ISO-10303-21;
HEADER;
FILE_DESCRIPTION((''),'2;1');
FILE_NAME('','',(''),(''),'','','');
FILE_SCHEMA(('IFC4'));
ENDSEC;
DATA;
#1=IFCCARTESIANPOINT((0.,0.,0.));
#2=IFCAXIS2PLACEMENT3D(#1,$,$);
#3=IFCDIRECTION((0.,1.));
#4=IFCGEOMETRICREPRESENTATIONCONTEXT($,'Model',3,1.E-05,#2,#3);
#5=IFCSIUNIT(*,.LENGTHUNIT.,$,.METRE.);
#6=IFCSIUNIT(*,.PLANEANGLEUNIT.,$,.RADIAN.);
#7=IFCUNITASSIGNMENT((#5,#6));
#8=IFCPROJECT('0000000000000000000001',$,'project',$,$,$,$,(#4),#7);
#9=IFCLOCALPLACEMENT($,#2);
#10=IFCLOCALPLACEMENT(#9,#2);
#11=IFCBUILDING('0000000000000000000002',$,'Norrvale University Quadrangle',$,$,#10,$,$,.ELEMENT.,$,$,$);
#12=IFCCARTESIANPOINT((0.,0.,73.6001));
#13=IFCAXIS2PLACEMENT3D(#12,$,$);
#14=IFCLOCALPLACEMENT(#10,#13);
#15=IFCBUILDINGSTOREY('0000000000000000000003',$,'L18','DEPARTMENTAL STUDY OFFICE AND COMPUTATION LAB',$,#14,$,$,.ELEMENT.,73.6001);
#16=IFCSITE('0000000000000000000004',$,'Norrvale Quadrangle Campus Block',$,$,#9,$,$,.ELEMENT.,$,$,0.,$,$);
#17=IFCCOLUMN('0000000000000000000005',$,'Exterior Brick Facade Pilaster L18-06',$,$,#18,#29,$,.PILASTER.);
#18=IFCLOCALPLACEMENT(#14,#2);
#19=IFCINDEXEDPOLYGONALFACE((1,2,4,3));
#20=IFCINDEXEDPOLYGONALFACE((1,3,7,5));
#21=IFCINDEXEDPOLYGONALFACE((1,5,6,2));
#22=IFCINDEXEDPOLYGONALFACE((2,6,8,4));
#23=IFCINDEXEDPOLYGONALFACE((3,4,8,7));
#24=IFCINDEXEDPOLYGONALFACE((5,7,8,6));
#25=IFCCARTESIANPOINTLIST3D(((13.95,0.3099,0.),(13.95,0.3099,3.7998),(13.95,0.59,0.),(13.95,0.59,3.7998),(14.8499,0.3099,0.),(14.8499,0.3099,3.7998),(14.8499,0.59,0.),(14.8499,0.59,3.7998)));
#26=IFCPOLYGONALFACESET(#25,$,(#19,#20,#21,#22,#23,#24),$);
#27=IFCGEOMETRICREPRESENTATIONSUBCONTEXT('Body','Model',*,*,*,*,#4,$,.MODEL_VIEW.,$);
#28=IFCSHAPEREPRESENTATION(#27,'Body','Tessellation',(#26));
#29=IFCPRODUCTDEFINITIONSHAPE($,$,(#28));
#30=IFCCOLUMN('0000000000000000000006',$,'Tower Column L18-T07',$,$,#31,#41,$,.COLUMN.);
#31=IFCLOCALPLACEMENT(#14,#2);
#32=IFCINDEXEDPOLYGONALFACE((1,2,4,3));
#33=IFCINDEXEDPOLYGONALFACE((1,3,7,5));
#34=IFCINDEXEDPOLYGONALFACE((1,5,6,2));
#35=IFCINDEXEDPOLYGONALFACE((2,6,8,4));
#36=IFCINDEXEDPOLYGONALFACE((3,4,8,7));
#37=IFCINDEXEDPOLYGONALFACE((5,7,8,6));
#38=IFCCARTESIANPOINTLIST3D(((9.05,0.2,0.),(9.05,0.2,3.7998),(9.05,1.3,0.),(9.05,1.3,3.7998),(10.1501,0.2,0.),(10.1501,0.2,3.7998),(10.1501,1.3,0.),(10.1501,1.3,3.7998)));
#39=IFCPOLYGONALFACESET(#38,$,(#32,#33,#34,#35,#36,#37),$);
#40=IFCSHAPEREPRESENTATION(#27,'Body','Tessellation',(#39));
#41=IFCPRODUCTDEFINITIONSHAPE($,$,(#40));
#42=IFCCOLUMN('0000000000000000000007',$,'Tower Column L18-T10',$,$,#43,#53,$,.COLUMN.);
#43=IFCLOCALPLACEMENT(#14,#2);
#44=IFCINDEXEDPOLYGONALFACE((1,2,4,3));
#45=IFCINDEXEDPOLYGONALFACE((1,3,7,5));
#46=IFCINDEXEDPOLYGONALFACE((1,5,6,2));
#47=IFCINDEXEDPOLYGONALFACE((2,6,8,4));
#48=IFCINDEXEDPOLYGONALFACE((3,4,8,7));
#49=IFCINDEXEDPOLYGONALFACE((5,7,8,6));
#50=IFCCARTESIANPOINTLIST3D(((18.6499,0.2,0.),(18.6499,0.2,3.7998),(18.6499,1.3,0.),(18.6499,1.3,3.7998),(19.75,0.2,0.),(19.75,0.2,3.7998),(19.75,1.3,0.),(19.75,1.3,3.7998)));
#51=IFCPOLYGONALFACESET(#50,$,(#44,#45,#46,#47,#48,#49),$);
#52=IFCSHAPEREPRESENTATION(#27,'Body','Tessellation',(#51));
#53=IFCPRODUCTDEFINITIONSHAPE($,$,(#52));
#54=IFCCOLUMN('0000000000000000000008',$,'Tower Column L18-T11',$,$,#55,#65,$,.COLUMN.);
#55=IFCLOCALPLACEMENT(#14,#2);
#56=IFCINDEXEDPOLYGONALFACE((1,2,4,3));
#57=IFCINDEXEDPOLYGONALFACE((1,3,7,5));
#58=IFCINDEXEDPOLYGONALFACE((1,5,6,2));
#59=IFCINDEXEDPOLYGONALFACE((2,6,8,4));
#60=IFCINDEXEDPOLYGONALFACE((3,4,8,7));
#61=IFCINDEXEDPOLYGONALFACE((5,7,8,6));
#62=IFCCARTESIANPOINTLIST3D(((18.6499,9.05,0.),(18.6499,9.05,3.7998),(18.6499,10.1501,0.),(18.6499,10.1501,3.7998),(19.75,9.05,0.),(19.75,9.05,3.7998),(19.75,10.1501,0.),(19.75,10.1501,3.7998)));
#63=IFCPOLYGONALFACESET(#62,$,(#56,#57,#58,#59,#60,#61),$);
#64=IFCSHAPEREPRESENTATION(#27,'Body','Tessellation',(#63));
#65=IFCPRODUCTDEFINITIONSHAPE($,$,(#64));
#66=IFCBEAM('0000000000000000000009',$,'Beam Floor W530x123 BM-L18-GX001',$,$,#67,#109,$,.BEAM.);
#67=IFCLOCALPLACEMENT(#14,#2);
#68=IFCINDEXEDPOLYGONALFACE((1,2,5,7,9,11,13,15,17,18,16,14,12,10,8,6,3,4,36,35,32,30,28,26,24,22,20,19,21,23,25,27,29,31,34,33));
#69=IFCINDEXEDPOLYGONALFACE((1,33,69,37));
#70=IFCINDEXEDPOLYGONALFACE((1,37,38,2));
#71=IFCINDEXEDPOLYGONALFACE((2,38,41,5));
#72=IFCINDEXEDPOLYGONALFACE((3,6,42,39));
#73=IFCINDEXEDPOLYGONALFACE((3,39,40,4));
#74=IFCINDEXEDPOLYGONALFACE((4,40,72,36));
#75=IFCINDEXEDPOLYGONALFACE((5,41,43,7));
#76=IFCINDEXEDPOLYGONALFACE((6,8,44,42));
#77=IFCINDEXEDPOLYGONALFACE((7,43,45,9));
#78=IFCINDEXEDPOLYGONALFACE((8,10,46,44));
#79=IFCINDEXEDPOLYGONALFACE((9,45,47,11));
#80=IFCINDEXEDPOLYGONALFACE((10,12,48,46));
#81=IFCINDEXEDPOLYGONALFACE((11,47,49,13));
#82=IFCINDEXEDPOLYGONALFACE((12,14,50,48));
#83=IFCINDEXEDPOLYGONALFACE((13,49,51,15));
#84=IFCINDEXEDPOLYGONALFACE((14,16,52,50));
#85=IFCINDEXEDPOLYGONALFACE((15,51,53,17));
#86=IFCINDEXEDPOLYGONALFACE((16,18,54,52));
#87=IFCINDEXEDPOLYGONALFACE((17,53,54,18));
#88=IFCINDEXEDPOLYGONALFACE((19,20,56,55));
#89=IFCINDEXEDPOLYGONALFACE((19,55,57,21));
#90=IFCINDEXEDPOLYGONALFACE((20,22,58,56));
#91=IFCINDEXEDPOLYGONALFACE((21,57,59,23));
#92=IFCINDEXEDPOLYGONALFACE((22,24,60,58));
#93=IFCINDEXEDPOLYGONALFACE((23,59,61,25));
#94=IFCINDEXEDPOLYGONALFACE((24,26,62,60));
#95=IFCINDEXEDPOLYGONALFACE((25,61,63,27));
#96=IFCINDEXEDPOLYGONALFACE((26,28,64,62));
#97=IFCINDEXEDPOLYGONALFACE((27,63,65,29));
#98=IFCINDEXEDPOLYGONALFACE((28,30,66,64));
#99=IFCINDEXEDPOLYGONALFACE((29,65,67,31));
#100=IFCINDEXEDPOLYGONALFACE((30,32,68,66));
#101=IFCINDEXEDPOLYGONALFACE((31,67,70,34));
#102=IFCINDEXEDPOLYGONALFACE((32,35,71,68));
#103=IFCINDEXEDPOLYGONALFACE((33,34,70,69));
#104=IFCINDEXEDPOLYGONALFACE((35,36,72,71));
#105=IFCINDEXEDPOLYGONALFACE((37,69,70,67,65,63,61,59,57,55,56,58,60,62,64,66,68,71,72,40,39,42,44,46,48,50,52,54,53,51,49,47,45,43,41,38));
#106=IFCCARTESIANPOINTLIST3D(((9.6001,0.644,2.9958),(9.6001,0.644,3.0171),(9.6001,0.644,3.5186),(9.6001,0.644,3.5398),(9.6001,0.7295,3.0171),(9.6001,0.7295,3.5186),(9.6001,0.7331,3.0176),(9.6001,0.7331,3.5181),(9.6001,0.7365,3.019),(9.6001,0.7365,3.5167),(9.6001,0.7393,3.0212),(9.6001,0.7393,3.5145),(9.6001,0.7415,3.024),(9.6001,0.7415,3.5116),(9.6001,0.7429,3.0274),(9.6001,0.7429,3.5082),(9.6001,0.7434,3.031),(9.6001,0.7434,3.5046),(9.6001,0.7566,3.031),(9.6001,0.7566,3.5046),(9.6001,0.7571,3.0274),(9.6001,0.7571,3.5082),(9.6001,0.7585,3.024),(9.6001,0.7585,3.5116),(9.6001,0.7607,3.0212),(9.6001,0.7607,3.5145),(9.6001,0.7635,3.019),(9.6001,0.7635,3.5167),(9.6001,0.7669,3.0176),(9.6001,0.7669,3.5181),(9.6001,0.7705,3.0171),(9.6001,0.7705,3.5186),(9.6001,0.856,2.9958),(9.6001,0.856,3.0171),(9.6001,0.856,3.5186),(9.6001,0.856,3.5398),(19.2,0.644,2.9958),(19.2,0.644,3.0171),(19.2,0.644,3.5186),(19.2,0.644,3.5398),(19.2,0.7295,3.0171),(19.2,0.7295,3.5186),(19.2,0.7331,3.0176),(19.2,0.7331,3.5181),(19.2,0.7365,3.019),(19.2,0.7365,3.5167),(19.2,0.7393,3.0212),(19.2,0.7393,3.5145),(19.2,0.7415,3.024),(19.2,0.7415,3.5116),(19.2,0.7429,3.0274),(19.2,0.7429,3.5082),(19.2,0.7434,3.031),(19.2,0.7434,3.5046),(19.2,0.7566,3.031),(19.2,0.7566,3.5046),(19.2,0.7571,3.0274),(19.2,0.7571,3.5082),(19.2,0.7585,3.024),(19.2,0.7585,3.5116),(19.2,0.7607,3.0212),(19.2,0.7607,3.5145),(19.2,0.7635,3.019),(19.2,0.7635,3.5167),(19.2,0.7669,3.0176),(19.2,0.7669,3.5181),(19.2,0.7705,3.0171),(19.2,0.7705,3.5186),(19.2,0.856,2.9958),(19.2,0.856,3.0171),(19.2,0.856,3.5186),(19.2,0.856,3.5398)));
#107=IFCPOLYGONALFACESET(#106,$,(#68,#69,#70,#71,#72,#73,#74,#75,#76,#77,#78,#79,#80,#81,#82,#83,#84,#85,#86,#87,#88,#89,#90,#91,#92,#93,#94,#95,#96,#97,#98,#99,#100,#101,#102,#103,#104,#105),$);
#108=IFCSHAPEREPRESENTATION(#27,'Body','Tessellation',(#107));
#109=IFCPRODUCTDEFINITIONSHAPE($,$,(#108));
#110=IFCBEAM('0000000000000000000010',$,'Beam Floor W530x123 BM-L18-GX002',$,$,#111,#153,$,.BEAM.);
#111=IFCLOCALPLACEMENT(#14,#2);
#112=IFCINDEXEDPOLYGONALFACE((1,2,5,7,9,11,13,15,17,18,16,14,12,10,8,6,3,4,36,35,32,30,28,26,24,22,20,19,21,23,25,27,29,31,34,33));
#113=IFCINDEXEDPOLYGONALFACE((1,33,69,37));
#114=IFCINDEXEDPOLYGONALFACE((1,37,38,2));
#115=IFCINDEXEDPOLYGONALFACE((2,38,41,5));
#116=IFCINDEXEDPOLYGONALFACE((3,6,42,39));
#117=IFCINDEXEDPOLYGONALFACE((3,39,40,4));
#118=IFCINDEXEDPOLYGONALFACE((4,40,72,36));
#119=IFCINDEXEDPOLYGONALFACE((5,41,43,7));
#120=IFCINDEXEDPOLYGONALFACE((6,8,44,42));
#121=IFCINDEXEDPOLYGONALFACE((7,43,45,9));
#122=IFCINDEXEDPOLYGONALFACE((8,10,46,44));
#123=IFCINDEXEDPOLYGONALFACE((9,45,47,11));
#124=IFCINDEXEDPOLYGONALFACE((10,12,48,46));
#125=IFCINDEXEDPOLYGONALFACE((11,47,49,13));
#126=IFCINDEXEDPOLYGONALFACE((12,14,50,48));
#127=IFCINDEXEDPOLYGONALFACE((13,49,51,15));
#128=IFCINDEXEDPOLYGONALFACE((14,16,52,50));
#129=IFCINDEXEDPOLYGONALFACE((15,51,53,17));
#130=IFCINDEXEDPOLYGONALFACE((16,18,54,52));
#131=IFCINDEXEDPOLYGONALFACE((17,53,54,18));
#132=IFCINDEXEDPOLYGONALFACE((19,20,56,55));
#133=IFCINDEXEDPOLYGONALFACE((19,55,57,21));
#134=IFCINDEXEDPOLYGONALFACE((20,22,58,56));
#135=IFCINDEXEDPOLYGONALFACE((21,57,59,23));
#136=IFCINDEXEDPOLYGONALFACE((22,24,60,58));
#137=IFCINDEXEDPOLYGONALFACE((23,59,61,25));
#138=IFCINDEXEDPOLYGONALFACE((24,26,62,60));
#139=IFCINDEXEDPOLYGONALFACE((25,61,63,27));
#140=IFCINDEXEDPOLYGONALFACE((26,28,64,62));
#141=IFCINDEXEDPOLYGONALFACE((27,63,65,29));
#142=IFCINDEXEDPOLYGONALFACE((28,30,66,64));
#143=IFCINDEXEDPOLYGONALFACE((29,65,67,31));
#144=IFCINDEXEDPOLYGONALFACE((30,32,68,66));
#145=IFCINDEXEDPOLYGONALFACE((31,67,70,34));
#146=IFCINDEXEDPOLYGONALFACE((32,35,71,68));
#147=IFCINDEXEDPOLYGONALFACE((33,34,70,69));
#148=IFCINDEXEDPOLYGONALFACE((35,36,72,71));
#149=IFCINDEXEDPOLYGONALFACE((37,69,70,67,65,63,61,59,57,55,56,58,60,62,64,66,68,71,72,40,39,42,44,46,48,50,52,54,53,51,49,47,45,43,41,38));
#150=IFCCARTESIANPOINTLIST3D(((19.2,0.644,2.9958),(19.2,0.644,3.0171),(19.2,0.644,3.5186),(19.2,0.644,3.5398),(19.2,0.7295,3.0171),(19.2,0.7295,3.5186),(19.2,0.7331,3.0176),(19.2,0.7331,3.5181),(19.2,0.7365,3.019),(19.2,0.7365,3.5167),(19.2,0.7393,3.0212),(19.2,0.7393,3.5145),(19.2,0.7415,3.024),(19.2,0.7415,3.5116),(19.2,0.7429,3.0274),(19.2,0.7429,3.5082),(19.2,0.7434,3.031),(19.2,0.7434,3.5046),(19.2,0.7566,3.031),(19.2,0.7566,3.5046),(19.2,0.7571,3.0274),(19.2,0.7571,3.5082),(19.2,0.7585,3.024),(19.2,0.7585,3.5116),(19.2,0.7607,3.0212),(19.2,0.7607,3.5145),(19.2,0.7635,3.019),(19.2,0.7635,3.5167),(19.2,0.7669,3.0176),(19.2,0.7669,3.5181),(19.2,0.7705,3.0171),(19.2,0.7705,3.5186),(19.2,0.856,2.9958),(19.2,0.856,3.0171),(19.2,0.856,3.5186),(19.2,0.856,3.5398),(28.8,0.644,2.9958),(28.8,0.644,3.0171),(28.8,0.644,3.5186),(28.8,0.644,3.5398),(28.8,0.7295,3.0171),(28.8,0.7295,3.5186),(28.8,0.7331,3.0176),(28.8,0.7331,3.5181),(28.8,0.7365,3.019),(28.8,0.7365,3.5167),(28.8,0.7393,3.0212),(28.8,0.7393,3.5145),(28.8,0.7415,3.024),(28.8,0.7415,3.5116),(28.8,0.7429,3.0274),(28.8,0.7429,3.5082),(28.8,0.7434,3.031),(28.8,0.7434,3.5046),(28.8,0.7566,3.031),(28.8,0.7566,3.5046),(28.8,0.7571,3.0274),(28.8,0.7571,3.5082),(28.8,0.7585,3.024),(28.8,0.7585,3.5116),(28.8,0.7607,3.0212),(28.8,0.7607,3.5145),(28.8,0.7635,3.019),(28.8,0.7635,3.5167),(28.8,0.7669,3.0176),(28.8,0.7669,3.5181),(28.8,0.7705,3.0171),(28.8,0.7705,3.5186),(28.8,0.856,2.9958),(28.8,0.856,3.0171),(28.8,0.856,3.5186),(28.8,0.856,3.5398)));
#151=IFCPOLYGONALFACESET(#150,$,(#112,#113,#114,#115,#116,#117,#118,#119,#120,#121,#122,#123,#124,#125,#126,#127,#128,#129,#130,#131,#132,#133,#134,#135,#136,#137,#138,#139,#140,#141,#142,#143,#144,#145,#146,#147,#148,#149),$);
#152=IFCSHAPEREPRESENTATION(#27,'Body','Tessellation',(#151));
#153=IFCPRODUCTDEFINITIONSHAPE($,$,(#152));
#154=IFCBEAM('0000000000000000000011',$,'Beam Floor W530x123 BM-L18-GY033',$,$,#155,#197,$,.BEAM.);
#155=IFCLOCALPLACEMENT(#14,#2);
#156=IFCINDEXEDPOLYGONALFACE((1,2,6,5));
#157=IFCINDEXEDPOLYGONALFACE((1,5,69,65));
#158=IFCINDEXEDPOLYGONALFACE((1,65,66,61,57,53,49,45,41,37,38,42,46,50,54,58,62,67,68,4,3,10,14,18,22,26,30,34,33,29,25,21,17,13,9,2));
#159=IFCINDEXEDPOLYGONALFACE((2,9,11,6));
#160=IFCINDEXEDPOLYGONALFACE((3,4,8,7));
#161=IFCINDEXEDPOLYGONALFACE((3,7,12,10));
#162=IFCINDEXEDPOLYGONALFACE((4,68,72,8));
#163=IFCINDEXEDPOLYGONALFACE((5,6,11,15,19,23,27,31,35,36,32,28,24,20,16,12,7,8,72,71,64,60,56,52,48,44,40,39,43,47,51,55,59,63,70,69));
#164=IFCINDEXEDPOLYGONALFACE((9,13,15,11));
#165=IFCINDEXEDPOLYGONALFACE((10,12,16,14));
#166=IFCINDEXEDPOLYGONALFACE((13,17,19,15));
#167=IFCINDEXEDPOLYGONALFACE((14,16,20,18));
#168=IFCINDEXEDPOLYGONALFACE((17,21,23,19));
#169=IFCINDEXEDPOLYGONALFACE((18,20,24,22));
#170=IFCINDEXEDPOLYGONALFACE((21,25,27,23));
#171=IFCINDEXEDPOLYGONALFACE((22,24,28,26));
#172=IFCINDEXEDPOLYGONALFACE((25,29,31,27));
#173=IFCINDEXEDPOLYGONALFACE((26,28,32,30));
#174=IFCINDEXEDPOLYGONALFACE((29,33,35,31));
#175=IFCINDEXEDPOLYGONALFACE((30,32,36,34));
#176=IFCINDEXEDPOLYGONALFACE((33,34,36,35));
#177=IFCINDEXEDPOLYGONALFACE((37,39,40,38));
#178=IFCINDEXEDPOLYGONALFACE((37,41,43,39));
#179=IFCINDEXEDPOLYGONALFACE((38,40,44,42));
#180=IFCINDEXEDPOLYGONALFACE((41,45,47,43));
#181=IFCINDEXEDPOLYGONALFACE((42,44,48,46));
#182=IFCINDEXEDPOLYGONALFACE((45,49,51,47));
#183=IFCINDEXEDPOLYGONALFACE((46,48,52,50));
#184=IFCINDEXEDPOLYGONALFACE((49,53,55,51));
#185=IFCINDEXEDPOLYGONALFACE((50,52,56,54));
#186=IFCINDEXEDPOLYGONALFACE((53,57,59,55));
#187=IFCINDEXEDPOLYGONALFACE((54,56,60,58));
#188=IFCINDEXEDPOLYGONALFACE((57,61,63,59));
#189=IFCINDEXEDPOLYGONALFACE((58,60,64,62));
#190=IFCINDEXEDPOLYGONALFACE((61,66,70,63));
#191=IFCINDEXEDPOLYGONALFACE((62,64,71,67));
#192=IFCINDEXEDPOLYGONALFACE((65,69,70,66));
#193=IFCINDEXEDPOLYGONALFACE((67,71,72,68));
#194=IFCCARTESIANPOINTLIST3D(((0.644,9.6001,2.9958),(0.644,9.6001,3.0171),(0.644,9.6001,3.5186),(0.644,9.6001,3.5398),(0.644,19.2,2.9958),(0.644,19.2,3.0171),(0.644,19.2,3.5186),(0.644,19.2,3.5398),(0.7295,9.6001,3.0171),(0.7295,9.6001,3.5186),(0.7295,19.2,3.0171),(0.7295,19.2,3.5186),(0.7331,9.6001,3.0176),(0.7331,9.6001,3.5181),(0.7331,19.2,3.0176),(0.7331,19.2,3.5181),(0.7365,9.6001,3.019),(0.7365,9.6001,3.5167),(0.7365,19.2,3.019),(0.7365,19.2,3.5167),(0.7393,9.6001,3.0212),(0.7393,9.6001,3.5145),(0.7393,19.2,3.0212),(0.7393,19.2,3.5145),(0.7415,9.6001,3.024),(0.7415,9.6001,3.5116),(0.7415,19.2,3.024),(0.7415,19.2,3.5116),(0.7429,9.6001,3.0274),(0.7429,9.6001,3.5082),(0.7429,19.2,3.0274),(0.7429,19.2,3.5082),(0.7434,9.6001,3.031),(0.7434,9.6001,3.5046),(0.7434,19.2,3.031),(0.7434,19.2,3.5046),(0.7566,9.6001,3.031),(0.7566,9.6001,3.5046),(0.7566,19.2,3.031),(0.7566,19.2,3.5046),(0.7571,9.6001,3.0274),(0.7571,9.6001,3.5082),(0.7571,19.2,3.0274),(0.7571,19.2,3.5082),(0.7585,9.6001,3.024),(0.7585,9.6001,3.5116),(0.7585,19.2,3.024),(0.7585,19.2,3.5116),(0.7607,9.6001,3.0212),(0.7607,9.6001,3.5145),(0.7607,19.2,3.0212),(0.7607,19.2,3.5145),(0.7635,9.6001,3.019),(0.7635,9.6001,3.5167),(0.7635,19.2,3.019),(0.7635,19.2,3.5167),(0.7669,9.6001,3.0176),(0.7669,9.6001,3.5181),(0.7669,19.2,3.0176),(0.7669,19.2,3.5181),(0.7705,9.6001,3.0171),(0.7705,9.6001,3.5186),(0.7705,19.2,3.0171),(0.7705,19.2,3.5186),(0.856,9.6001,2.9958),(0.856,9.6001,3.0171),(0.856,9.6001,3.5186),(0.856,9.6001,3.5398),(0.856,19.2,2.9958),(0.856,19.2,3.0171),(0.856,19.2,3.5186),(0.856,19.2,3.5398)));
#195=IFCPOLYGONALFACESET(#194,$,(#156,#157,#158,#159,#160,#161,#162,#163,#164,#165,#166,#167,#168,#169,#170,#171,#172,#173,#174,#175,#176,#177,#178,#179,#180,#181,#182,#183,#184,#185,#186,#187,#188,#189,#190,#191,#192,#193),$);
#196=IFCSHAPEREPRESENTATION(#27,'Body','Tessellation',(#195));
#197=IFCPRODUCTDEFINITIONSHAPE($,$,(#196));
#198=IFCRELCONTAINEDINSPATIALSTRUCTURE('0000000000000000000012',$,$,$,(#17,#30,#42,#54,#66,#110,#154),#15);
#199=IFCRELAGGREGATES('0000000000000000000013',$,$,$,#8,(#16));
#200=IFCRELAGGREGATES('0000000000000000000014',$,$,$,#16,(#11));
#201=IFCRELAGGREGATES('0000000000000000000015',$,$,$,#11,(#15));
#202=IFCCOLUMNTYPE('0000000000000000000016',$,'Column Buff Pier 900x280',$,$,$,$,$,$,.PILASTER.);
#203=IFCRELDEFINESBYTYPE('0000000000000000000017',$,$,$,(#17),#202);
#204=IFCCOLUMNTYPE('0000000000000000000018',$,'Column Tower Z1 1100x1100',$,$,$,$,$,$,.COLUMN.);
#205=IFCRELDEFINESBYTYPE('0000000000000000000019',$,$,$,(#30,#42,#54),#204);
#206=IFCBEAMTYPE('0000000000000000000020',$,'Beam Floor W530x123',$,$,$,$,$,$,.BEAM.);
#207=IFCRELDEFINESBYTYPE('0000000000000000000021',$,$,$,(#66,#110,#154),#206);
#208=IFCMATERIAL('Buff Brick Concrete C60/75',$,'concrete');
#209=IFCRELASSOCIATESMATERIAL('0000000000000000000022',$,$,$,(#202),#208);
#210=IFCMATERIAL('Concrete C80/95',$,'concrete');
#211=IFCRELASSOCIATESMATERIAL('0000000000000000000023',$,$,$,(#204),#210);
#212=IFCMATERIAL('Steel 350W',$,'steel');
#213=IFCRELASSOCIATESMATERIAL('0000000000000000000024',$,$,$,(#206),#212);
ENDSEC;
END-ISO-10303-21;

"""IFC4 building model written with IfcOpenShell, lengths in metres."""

from ifc_helpers import new_model, si_unit, direction, frame, origin, origin_2d, place, context, subcontext, project, spatial, rectangle, i_section, extrude, material, material_profile, profile_set, type_object, element, save


model = new_model("IFC4")

# Units and contexts
model_context = context("Model", 3, precision=1e-05, world=origin(), true_north=direction((0.0, 1.0)))
body_context = subcontext(model_context, "Body", "Model", "MODEL_VIEW")
ifc_project = project(units=[si_unit("LENGTHUNIT", "METRE"), si_unit("PLANEANGLEUNIT", "RADIAN")], contexts=[model_context])

# Site, building, storey
site_placement = place(None, origin())
site = spatial("IfcSite", under=ifc_project, at=site_placement, Name="Norrvale Quadrangle Campus Block", CompositionType="ELEMENT", RefElevation=0.0)
building_placement = place(site_placement, origin())
building = spatial("IfcBuilding", under=site, at=building_placement, Name="Norrvale University Quadrangle", CompositionType="ELEMENT")
storey_placement = place(building_placement, frame((0.0, 0.0, 73.6001)))
storey = spatial("IfcBuildingStorey", under=building, at=storey_placement, Name="L18", Description="DEPARTMENTAL STUDY OFFICE AND COMPUTATION LAB", CompositionType="ELEMENT", Elevation=73.6001)

# Columns
ifc_material_1 = material(Name="Buff Brick Concrete C60/75", Category="concrete")
ifc_material_profile_1 = material_profile(ifc_material_1, rectangle(XDim=0.8999, YDim=0.28, at=origin_2d()), Name="Buff Brick Concrete C60/75")
ifc_profile_set_1 = profile_set([ifc_material_profile_1], Name="Buff Brick Concrete C60/75")
column_type_1 = type_object("IfcColumnType", Name="Column Buff Pier 900x280", PredefinedType="PILASTER", material=ifc_profile_set_1)
column_placement = place(storey_placement, frame((14.3999, 0.45, 0.0), z_axis=(0.0, 0.0, 1.0), x_axis=(1.0, 0.0, 0.0)))
element("IfcColumn", 1, at=column_placement, inside=storey, type_object=column_type_1, Name="Exterior Brick Facade Pilaster L18-06", PredefinedType="PILASTER", context=body_context, shape_type="SweptSolid", body=[
    extrude(rectangle(XDim=0.8999, YDim=0.28, at=origin_2d()), origin(), (0.0, 0.0, 1.0), 3.7998),
])
ifc_material_2 = material(Name="Concrete C80/95", Category="concrete")
ifc_material_profile_2 = material_profile(ifc_material_2, rectangle(XDim=1.1001, YDim=1.1001, at=origin_2d()), Name="Concrete C80/95")
ifc_profile_set_2 = profile_set([ifc_material_profile_2], Name="Concrete C80/95")
column_type_2 = type_object("IfcColumnType", Name="Column Tower Z1 1100x1100", PredefinedType="COLUMN", material=ifc_profile_set_2)
for number, where, z_axis, x_axis, name in (
    (2, (9.6001, 0.75, 0.0), (0.0, 0.0, 1.0), (1.0, 0.0, 0.0), "Tower Column L18-T07"),
    (3, (19.2, 0.75, 0.0), (0.0, 0.0, 1.0), (1.0, 0.0, 0.0), "Tower Column L18-T10"),
    (4, (19.2, 9.6001, 0.0), (0.0, 0.0, 1.0), (1.0, 0.0, 0.0), "Tower Column L18-T11"),
):
    element("IfcColumn", number, at=place(storey_placement, frame(where, z_axis=z_axis, x_axis=x_axis)), inside=storey, type_object=column_type_2, Name=name, PredefinedType="COLUMN", context=body_context, shape_type="SweptSolid", body=[
        extrude(rectangle(XDim=1.1001, YDim=1.1001, at=origin_2d()), origin(), (0.0, 0.0, 1.0), 3.7998),
    ])

# Beams
ifc_material_3 = material(Name="Steel 350W", Category="steel")
ifc_material_profile_3 = material_profile(ifc_material_3, i_section(OverallWidth=0.2119, OverallDepth=0.5439, WebThickness=0.0132, FlangeThickness=0.0212, FilletRadius=0.0139, at=origin_2d()), Name="Steel 350W")
ifc_profile_set_3 = profile_set([ifc_material_profile_3], Name="Steel 350W")
beam_type_1 = type_object("IfcBeamType", Name="Beam Floor W530x123", PredefinedType="BEAM", material=ifc_profile_set_3)
beam_1_placement = place(storey_placement, frame((9.6001, 0.75, 3.2678), z_axis=(1.0, 0.0, 0.0), x_axis=(0.0, 1.0, 0.0)))
element("IfcBeam", 5, at=beam_1_placement, inside=storey, type_object=beam_type_1, Name="Beam Floor W530x123 BM-L18-GX001", PredefinedType="BEAM", context=body_context, shape_type="SweptSolid", body=[
    extrude(i_section(OverallWidth=0.2119, OverallDepth=0.5439, WebThickness=0.0132, FlangeThickness=0.0212, FilletRadius=0.0139, at=origin_2d()), origin(), (0.0, 0.0, 1.0), 9.5999),
])
beam_2_placement = place(storey_placement, frame((19.2, 0.75, 3.2678), z_axis=(1.0, 0.0, 0.0), x_axis=(0.0, 1.0, 0.0)))
element("IfcBeam", 6, at=beam_2_placement, inside=storey, type_object=beam_type_1, Name="Beam Floor W530x123 BM-L18-GX002", PredefinedType="BEAM", context=body_context, shape_type="SweptSolid", body=[
    extrude(i_section(OverallWidth=0.2119, OverallDepth=0.5439, WebThickness=0.0132, FlangeThickness=0.0212, FilletRadius=0.0139, at=origin_2d()), origin(), (0.0, 0.0, 1.0), 9.6001),
])
beam_3_placement = place(storey_placement, frame((0.75, 9.6001, 3.2678), z_axis=(0.0, 1.0, 0.0), x_axis=(-1.0, 0.0, 0.0)))
element("IfcBeam", 7, at=beam_3_placement, inside=storey, type_object=beam_type_1, Name="Beam Floor W530x123 BM-L18-GY033", PredefinedType="BEAM", context=body_context, shape_type="SweptSolid", body=[
    extrude(i_section(OverallWidth=0.2119, OverallDepth=0.5439, WebThickness=0.0132, FlangeThickness=0.0212, FilletRadius=0.0139, at=origin_2d()), origin(), (0.0, 0.0, 1.0), 9.5999),
])

save(model, "model.ifc")
